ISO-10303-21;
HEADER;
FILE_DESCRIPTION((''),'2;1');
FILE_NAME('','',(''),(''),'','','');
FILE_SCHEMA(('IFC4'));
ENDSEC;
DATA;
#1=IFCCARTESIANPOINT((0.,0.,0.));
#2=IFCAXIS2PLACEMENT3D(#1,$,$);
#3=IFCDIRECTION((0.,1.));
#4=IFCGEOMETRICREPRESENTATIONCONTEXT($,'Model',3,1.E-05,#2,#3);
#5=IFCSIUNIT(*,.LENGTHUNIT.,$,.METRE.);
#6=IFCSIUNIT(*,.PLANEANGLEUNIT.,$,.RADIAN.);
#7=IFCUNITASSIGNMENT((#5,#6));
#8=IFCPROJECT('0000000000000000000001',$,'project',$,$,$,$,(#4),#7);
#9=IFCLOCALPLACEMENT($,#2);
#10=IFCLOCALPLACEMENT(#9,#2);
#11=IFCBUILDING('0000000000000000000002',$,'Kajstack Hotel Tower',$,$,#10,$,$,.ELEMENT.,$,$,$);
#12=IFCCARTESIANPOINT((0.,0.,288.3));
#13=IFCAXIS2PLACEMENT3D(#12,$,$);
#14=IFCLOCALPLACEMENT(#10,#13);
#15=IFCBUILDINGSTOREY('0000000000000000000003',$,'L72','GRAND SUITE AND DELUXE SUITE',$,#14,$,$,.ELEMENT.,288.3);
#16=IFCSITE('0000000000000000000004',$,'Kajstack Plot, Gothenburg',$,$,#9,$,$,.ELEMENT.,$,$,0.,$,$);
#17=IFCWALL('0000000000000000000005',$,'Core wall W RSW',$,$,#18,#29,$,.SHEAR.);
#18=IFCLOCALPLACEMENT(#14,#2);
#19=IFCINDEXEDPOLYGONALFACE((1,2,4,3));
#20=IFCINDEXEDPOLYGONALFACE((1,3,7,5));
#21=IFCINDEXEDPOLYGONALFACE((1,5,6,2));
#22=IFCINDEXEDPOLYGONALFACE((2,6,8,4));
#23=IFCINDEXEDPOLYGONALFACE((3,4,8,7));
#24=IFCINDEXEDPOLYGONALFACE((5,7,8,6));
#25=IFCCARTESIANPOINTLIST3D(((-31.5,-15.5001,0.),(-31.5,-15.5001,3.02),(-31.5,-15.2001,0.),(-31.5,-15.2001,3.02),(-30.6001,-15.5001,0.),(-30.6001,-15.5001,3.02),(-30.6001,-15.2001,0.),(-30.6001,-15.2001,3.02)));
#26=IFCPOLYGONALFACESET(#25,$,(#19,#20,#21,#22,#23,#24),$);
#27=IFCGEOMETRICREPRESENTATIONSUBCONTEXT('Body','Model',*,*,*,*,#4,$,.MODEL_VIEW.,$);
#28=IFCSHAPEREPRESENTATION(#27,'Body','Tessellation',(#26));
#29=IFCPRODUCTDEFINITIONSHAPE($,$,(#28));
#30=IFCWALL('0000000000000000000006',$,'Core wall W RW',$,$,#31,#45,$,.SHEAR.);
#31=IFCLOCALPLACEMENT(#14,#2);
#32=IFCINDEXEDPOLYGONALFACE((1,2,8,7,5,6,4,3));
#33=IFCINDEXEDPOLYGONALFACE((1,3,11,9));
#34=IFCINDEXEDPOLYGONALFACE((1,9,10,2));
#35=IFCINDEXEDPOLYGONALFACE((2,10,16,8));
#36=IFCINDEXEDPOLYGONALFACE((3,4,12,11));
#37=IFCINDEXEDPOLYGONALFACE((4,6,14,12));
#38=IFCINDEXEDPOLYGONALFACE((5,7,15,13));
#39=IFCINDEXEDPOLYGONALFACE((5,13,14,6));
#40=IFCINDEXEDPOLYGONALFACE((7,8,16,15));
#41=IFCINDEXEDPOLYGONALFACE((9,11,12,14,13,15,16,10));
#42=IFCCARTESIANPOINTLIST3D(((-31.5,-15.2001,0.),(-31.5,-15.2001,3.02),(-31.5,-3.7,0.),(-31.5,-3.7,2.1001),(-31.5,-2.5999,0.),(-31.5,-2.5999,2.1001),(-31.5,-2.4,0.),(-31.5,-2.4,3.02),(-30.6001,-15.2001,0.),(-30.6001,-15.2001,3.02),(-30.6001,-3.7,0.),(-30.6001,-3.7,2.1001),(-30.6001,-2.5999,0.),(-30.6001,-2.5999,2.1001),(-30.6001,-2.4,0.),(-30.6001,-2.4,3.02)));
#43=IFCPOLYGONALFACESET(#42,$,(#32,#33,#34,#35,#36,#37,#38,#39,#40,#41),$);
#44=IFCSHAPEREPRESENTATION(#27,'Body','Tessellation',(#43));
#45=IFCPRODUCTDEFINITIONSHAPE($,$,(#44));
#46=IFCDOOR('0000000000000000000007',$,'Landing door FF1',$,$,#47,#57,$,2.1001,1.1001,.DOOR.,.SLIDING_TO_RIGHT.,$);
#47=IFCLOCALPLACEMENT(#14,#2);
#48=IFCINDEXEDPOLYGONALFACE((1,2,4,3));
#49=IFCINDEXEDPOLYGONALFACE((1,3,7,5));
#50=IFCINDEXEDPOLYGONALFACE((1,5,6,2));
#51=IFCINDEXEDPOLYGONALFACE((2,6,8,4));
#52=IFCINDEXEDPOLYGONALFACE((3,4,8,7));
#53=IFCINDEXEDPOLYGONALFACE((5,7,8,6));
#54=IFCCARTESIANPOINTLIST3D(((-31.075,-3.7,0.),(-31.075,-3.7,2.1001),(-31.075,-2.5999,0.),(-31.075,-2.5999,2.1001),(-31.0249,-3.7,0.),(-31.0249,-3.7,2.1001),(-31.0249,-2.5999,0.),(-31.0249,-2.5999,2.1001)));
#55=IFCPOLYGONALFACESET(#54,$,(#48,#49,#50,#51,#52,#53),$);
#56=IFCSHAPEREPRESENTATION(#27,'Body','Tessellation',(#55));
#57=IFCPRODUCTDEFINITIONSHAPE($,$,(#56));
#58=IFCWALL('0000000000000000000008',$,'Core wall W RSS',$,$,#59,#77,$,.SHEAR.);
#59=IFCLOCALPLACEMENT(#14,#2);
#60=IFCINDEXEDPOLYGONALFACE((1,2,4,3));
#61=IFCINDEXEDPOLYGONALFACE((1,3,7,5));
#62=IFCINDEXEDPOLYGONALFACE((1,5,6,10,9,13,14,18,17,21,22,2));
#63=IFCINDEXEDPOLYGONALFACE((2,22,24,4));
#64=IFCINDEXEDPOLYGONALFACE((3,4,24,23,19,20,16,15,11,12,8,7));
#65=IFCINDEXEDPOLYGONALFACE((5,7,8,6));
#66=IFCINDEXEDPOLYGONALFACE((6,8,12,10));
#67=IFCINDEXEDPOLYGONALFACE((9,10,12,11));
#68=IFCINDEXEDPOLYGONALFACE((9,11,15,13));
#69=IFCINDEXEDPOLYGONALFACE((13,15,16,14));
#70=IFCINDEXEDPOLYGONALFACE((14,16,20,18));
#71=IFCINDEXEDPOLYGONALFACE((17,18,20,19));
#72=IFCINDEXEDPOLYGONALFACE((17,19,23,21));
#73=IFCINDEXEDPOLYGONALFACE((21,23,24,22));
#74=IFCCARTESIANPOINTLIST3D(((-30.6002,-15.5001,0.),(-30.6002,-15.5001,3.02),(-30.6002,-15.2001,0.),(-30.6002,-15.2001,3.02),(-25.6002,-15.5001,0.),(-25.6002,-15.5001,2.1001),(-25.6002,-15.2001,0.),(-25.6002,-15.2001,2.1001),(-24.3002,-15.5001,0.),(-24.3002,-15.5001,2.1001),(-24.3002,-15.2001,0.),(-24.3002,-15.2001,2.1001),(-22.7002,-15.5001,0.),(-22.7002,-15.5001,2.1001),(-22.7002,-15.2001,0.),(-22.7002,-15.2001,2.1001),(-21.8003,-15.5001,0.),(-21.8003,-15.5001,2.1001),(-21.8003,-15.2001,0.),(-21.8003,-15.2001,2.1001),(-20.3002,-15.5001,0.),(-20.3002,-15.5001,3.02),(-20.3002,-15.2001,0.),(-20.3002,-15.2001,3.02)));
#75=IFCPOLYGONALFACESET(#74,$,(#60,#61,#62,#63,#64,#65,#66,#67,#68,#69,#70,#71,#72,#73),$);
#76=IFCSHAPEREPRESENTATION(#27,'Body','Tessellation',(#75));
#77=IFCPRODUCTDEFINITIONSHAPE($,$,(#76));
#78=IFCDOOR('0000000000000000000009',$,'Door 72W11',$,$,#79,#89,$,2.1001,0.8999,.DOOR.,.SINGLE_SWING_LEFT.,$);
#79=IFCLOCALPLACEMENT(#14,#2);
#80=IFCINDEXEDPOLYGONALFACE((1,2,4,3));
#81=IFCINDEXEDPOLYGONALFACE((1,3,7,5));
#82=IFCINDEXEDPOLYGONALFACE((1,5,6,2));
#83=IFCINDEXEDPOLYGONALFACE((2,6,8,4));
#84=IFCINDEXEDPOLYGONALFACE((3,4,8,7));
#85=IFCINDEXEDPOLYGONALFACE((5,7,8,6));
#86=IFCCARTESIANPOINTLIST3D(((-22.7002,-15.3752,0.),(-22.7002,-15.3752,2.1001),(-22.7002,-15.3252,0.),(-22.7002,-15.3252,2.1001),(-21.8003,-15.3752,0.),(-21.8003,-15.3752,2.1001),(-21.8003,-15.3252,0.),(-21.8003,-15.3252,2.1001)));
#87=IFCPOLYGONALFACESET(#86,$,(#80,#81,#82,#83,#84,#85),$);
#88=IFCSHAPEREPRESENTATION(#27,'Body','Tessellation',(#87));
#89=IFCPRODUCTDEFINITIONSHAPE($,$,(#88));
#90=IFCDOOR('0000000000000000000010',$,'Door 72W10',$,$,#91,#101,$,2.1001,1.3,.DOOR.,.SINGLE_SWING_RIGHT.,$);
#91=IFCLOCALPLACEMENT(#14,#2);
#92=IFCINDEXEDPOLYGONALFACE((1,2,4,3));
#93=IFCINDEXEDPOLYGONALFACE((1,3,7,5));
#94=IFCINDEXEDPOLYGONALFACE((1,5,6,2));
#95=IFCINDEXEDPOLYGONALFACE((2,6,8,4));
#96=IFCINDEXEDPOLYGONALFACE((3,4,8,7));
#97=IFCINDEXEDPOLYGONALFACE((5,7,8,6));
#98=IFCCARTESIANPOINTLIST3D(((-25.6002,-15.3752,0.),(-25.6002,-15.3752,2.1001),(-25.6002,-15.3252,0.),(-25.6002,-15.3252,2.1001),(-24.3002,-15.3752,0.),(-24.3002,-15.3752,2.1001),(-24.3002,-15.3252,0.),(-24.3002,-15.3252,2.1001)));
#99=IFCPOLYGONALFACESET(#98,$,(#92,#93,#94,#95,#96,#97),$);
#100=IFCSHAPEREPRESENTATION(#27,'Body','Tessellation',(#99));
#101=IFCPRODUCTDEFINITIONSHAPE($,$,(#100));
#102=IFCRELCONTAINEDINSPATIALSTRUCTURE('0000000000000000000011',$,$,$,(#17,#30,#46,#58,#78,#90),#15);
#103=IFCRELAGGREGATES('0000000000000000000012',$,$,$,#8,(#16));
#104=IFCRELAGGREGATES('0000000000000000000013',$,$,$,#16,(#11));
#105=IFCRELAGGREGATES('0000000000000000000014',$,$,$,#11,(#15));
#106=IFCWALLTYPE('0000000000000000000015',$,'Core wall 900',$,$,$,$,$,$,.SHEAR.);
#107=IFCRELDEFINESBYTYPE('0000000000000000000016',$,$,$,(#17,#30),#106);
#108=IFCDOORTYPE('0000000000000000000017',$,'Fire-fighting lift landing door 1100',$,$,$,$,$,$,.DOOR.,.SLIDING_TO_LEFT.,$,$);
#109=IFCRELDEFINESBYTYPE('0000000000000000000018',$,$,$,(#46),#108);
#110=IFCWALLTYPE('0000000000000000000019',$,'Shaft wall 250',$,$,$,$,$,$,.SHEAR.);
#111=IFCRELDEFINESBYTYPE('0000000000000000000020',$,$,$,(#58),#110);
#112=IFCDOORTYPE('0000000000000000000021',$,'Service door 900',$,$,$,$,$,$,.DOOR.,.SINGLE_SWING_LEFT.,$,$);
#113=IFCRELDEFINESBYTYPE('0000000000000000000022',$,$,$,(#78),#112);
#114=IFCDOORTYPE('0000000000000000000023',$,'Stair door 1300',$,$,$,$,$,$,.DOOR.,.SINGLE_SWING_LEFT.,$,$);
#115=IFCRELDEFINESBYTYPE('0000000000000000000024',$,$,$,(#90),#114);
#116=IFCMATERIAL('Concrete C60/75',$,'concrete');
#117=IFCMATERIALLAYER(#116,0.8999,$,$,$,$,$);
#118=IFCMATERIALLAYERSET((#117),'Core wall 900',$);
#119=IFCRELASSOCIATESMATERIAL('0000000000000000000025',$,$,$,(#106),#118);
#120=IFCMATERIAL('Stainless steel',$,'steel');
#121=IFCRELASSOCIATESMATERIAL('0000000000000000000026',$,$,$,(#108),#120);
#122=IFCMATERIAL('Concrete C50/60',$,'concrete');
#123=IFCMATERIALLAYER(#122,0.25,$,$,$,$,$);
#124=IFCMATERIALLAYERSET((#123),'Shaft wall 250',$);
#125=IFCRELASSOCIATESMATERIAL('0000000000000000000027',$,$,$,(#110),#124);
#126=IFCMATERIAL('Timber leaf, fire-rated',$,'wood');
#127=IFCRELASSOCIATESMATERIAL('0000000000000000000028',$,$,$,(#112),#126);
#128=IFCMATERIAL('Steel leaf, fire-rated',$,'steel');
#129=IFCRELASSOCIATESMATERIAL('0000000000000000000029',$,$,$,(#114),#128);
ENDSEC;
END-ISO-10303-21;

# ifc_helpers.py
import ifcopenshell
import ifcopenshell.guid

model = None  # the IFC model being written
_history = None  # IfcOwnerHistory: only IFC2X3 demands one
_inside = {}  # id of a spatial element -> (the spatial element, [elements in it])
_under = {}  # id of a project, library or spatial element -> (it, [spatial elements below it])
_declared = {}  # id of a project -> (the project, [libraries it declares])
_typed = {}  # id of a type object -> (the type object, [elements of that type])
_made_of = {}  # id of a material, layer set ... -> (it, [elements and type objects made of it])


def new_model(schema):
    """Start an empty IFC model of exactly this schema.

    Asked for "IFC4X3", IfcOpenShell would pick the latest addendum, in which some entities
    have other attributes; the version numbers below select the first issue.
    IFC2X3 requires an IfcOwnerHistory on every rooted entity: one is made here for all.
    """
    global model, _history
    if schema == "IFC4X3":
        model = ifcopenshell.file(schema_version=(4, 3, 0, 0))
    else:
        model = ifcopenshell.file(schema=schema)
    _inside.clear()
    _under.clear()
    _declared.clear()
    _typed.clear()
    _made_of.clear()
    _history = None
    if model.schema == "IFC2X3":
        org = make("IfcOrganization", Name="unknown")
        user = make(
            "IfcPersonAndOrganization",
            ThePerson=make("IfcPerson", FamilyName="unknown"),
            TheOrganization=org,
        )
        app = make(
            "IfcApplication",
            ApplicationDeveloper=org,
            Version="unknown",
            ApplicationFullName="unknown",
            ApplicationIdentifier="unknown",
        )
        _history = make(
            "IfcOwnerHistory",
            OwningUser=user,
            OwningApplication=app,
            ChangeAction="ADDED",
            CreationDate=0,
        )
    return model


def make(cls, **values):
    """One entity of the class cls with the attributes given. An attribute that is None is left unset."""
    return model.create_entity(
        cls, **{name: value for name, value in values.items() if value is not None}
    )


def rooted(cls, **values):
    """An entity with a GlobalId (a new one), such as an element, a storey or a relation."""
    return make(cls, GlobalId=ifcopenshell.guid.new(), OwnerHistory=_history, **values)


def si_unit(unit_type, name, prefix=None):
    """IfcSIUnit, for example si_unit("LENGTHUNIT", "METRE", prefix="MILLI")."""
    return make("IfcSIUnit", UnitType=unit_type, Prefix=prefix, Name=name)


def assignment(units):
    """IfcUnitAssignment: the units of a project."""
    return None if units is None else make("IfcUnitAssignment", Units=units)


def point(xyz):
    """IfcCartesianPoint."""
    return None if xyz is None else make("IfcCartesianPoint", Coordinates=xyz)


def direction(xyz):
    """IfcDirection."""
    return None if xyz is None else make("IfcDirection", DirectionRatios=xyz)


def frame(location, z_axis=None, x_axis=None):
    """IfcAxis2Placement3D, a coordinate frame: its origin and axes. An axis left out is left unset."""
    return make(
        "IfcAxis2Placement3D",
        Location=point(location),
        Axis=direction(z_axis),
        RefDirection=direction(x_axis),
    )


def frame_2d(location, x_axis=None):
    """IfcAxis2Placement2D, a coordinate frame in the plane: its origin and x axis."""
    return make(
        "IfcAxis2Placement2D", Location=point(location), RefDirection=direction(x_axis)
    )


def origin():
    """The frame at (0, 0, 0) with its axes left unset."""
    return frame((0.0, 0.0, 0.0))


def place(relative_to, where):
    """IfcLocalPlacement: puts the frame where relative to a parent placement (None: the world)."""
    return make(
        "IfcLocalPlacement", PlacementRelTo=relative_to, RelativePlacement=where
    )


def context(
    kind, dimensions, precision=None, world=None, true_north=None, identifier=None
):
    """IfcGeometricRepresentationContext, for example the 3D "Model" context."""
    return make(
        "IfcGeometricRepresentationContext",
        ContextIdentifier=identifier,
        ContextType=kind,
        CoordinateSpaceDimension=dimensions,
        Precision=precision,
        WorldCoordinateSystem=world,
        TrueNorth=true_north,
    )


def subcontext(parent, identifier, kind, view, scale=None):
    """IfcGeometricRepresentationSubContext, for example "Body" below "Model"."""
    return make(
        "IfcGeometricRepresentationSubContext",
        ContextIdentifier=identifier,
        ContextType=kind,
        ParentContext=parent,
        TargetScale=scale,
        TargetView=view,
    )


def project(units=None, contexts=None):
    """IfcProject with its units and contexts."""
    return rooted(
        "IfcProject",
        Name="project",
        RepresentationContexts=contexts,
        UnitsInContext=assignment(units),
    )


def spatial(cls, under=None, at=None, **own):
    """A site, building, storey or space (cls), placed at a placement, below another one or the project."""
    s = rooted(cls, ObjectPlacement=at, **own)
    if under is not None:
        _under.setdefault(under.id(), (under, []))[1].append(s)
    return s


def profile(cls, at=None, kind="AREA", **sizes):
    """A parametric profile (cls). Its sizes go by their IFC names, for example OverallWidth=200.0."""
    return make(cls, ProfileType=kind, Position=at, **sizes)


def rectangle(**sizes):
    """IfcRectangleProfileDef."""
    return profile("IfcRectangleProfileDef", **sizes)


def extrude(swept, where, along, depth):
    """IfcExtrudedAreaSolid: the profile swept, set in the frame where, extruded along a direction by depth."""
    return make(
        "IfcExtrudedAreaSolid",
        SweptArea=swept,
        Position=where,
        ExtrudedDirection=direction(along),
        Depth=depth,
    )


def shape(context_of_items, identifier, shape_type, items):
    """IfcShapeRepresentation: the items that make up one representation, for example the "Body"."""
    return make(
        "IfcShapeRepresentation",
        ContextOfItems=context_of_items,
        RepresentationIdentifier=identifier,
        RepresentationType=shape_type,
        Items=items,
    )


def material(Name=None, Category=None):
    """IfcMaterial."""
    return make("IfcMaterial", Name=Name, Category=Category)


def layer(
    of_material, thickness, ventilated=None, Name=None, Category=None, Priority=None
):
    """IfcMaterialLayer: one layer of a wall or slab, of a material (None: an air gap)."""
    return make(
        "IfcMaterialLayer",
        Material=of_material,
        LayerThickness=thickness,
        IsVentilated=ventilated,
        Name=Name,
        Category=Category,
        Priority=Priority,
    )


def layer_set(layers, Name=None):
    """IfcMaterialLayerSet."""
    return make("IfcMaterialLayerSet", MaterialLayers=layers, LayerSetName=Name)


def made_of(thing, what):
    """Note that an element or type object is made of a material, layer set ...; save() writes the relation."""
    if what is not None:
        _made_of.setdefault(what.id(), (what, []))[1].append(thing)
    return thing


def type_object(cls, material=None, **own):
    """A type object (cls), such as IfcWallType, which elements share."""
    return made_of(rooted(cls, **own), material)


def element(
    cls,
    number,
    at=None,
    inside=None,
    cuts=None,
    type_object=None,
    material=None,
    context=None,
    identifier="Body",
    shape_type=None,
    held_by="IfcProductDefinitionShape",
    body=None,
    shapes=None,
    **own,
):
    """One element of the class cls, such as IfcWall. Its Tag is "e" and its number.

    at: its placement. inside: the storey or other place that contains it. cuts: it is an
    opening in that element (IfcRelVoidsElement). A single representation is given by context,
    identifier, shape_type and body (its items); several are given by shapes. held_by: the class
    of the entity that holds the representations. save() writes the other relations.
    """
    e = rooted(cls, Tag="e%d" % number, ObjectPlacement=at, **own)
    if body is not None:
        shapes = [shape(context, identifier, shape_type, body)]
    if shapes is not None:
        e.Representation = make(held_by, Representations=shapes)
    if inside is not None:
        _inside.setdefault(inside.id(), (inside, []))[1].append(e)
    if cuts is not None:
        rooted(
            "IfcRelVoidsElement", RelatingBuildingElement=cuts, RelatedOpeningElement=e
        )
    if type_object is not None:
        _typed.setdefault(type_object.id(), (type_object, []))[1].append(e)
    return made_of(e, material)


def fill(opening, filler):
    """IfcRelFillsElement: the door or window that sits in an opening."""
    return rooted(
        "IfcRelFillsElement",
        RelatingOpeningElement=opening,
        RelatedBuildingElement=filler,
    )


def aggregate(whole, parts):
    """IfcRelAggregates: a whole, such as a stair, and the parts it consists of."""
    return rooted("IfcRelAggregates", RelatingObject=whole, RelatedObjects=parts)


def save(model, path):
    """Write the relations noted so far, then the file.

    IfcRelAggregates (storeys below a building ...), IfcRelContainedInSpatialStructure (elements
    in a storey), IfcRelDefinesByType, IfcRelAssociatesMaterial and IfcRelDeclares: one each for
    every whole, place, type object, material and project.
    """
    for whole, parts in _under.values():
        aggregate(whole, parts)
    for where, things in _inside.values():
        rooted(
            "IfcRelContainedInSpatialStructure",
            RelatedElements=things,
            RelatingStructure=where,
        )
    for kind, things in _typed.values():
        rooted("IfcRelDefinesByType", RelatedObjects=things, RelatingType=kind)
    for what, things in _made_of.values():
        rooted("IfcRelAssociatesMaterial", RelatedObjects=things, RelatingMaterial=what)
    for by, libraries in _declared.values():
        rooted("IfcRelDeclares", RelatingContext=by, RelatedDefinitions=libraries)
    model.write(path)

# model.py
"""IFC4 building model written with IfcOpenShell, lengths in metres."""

from ifc_helpers import new_model, si_unit, direction, frame, frame_2d, origin, place, context, subcontext, project, spatial, rectangle, extrude, material, layer, layer_set, type_object, element, fill, save


model = new_model("IFC4")

# Units and contexts
model_context = context("Model", 3, precision=1e-05, world=origin(), true_north=direction((0.0, 1.0)))
body_context = subcontext(model_context, "Body", "Model", "MODEL_VIEW")
ifc_project = project(units=[si_unit("LENGTHUNIT", "METRE"), si_unit("PLANEANGLEUNIT", "RADIAN")], contexts=[model_context])

# Site, building, storey
site_placement = place(None, origin())
site = spatial("IfcSite", under=ifc_project, at=site_placement, Name="Kajstack Plot, Gothenburg", CompositionType="ELEMENT", RefElevation=0.0)
building_placement = place(site_placement, origin())
building = spatial("IfcBuilding", under=site, at=building_placement, Name="Kajstack Hotel Tower", CompositionType="ELEMENT")
storey_placement = place(building_placement, frame((0.0, 0.0, 288.3)))
storey = spatial("IfcBuildingStorey", under=building, at=storey_placement, Name="L72", Description="GRAND SUITE AND DELUXE SUITE", CompositionType="ELEMENT", Elevation=288.3)

# Wall
ifc_material_1 = material(Name="Concrete C60/75", Category="concrete")
ifc_layer_1 = layer(ifc_material_1, 0.8999)
ifc_layer_set_1 = layer_set([ifc_layer_1], Name="Core wall 900")
wall_type_1 = type_object("IfcWallType", Name="Core wall 900", PredefinedType="SHEAR", material=ifc_layer_set_1)
wall_1_placement = place(storey_placement, frame((-31.5, -15.3501, 0.0), z_axis=(0.0, 0.0, 1.0), x_axis=(1.0, 0.0, 0.0)))
element("IfcWall", 1, at=wall_1_placement, inside=storey, type_object=wall_type_1, Name="Core wall W RSW", PredefinedType="SHEAR", context=body_context, shape_type="SweptSolid", body=[
    extrude(rectangle(XDim=0.8999, YDim=0.3, at=frame_2d((0.45, 0.0))), origin(), (0.0, 0.0, 1.0), 3.02),
])

# Wall, opening, door
wall_2_placement = place(storey_placement, frame((-31.05, -15.2, 0.0), z_axis=(0.0, 0.0, 1.0), x_axis=(0.0, 1.0, 0.0)))
wall_2 = element("IfcWall", 2, at=wall_2_placement, inside=storey, type_object=wall_type_1, Name="Core wall W RW", PredefinedType="SHEAR", context=body_context, shape_type="SweptSolid", body=[
    extrude(rectangle(XDim=12.8, YDim=0.8999, at=frame_2d((6.3999, 0.0))), origin(), (0.0, 0.0, 1.0), 3.02),
])
opening_1_placement = place(wall_2_placement, frame((11.5, 0.0, 0.0)))
opening_1 = element("IfcOpeningElement", 3, at=opening_1_placement, cuts=wall_2, PredefinedType="OPENING", context=body_context, shape_type="SweptSolid", body=[
    extrude(rectangle(XDim=1.1001, YDim=2.1001, at=frame_2d((0.55, 1.05))), frame((0.0, 0.46, 0.0), z_axis=(0.0, -1.0, 0.0), x_axis=(1.0, 0.0, 0.0)), (0.0, 0.0, 1.0), 0.9199),
])
ifc_material_2 = material(Name="Stainless steel", Category="steel")
door_type_1 = type_object("IfcDoorType", Name="Fire-fighting lift landing door 1100", OperationType="SLIDING_TO_LEFT", PredefinedType="DOOR", material=ifc_material_2)
door_1_placement = place(opening_1_placement, origin())
door_1 = element("IfcDoor", 4, at=door_1_placement, inside=storey, type_object=door_type_1, Name="Landing door FF1", OperationType="SLIDING_TO_RIGHT", OverallHeight=2.1001, OverallWidth=1.1001, PredefinedType="DOOR", context=body_context, shape_type="SweptSolid", body=[
    extrude(rectangle(XDim=1.1001, YDim=2.1001, at=frame_2d((0.55, 1.05))), frame((0.0, 0.0249, 0.0), z_axis=(0.0, -1.0, 0.0), x_axis=(1.0, 0.0, 0.0)), (0.0, 0.0, 1.0), 0.05),
])
fill(opening_1, door_1)

# Wall, openings, doors
ifc_material_3 = material(Name="Concrete C50/60", Category="concrete")
ifc_layer_2 = layer(ifc_material_3, 0.25)
ifc_layer_set_2 = layer_set([ifc_layer_2], Name="Shaft wall 250")
wall_type_2 = type_object("IfcWallType", Name="Shaft wall 250", PredefinedType="SHEAR", material=ifc_layer_set_2)
wall_3_placement = place(storey_placement, frame((-30.6001, -15.3501, 0.0), z_axis=(0.0, 0.0, 1.0), x_axis=(1.0, 0.0, 0.0)))
wall_3 = element("IfcWall", 5, at=wall_3_placement, inside=storey, type_object=wall_type_2, Name="Core wall W RSS", PredefinedType="SHEAR", context=body_context, shape_type="SweptSolid", body=[
    extrude(rectangle(XDim=10.3, YDim=0.3, at=frame_2d((5.1499, 0.0))), origin(), (0.0, 0.0, 1.0), 3.02),
])
opening_2_placement = place(wall_3_placement, frame((5.0, 0.0, 0.0)))
opening_2 = element("IfcOpeningElement", 6, at=opening_2_placement, cuts=wall_3, PredefinedType="OPENING", context=body_context, shape_type="SweptSolid", body=[
    extrude(rectangle(XDim=1.3, YDim=2.1001, at=frame_2d((0.6499, 1.05))), frame((0.0, 0.1599, 0.0), z_axis=(0.0, -1.0, 0.0), x_axis=(1.0, 0.0, 0.0)), (0.0, 0.0, 1.0), 0.3201),
])
opening_3_placement = place(wall_3_placement, frame((7.8999, 0.0, 0.0)))
opening_3 = element("IfcOpeningElement", 7, at=opening_3_placement, cuts=wall_3, PredefinedType="OPENING", context=body_context, shape_type="SweptSolid", body=[
    extrude(rectangle(XDim=0.8999, YDim=2.1001, at=frame_2d((0.45, 1.05))), frame((0.0, 0.1599, 0.0), z_axis=(0.0, -1.0, 0.0), x_axis=(1.0, 0.0, 0.0)), (0.0, 0.0, 1.0), 0.3201),
])
ifc_material_4 = material(Name="Timber leaf, fire-rated", Category="wood")
door_type_2 = type_object("IfcDoorType", Name="Service door 900", OperationType="SINGLE_SWING_LEFT", PredefinedType="DOOR", material=ifc_material_4)
door_2_placement = place(opening_3_placement, origin())
door_2 = element("IfcDoor", 8, at=door_2_placement, inside=storey, type_object=door_type_2, Name="Door 72W11", OperationType="SINGLE_SWING_LEFT", OverallHeight=2.1001, OverallWidth=0.8999, PredefinedType="DOOR", context=body_context, shape_type="SweptSolid", body=[
    extrude(rectangle(XDim=0.8999, YDim=2.1001, at=frame_2d((0.45, 1.05))), frame((0.0, 0.0249, 0.0), z_axis=(0.0, -1.0, 0.0), x_axis=(1.0, 0.0, 0.0)), (0.0, 0.0, 1.0), 0.05),
])
fill(opening_3, door_2)
ifc_material_5 = material(Name="Steel leaf, fire-rated", Category="steel")
door_type_3 = type_object("IfcDoorType", Name="Stair door 1300", OperationType="SINGLE_SWING_LEFT", PredefinedType="DOOR", material=ifc_material_5)
door_3_placement = place(opening_2_placement, origin())
door_3 = element("IfcDoor", 9, at=door_3_placement, inside=storey, type_object=door_type_3, Name="Door 72W10", OperationType="SINGLE_SWING_RIGHT", OverallHeight=2.1001, OverallWidth=1.3, PredefinedType="DOOR", context=body_context, shape_type="SweptSolid", body=[
    extrude(rectangle(XDim=1.3, YDim=2.1001, at=frame_2d((0.6499, 1.05))), frame((0.0, 0.0249, 0.0), z_axis=(0.0, -1.0, 0.0), x_axis=(1.0, 0.0, 0.0)), (0.0, 0.0, 1.0), 0.05),
])
fill(opening_2, door_3)

save(model, "model.ifc")
